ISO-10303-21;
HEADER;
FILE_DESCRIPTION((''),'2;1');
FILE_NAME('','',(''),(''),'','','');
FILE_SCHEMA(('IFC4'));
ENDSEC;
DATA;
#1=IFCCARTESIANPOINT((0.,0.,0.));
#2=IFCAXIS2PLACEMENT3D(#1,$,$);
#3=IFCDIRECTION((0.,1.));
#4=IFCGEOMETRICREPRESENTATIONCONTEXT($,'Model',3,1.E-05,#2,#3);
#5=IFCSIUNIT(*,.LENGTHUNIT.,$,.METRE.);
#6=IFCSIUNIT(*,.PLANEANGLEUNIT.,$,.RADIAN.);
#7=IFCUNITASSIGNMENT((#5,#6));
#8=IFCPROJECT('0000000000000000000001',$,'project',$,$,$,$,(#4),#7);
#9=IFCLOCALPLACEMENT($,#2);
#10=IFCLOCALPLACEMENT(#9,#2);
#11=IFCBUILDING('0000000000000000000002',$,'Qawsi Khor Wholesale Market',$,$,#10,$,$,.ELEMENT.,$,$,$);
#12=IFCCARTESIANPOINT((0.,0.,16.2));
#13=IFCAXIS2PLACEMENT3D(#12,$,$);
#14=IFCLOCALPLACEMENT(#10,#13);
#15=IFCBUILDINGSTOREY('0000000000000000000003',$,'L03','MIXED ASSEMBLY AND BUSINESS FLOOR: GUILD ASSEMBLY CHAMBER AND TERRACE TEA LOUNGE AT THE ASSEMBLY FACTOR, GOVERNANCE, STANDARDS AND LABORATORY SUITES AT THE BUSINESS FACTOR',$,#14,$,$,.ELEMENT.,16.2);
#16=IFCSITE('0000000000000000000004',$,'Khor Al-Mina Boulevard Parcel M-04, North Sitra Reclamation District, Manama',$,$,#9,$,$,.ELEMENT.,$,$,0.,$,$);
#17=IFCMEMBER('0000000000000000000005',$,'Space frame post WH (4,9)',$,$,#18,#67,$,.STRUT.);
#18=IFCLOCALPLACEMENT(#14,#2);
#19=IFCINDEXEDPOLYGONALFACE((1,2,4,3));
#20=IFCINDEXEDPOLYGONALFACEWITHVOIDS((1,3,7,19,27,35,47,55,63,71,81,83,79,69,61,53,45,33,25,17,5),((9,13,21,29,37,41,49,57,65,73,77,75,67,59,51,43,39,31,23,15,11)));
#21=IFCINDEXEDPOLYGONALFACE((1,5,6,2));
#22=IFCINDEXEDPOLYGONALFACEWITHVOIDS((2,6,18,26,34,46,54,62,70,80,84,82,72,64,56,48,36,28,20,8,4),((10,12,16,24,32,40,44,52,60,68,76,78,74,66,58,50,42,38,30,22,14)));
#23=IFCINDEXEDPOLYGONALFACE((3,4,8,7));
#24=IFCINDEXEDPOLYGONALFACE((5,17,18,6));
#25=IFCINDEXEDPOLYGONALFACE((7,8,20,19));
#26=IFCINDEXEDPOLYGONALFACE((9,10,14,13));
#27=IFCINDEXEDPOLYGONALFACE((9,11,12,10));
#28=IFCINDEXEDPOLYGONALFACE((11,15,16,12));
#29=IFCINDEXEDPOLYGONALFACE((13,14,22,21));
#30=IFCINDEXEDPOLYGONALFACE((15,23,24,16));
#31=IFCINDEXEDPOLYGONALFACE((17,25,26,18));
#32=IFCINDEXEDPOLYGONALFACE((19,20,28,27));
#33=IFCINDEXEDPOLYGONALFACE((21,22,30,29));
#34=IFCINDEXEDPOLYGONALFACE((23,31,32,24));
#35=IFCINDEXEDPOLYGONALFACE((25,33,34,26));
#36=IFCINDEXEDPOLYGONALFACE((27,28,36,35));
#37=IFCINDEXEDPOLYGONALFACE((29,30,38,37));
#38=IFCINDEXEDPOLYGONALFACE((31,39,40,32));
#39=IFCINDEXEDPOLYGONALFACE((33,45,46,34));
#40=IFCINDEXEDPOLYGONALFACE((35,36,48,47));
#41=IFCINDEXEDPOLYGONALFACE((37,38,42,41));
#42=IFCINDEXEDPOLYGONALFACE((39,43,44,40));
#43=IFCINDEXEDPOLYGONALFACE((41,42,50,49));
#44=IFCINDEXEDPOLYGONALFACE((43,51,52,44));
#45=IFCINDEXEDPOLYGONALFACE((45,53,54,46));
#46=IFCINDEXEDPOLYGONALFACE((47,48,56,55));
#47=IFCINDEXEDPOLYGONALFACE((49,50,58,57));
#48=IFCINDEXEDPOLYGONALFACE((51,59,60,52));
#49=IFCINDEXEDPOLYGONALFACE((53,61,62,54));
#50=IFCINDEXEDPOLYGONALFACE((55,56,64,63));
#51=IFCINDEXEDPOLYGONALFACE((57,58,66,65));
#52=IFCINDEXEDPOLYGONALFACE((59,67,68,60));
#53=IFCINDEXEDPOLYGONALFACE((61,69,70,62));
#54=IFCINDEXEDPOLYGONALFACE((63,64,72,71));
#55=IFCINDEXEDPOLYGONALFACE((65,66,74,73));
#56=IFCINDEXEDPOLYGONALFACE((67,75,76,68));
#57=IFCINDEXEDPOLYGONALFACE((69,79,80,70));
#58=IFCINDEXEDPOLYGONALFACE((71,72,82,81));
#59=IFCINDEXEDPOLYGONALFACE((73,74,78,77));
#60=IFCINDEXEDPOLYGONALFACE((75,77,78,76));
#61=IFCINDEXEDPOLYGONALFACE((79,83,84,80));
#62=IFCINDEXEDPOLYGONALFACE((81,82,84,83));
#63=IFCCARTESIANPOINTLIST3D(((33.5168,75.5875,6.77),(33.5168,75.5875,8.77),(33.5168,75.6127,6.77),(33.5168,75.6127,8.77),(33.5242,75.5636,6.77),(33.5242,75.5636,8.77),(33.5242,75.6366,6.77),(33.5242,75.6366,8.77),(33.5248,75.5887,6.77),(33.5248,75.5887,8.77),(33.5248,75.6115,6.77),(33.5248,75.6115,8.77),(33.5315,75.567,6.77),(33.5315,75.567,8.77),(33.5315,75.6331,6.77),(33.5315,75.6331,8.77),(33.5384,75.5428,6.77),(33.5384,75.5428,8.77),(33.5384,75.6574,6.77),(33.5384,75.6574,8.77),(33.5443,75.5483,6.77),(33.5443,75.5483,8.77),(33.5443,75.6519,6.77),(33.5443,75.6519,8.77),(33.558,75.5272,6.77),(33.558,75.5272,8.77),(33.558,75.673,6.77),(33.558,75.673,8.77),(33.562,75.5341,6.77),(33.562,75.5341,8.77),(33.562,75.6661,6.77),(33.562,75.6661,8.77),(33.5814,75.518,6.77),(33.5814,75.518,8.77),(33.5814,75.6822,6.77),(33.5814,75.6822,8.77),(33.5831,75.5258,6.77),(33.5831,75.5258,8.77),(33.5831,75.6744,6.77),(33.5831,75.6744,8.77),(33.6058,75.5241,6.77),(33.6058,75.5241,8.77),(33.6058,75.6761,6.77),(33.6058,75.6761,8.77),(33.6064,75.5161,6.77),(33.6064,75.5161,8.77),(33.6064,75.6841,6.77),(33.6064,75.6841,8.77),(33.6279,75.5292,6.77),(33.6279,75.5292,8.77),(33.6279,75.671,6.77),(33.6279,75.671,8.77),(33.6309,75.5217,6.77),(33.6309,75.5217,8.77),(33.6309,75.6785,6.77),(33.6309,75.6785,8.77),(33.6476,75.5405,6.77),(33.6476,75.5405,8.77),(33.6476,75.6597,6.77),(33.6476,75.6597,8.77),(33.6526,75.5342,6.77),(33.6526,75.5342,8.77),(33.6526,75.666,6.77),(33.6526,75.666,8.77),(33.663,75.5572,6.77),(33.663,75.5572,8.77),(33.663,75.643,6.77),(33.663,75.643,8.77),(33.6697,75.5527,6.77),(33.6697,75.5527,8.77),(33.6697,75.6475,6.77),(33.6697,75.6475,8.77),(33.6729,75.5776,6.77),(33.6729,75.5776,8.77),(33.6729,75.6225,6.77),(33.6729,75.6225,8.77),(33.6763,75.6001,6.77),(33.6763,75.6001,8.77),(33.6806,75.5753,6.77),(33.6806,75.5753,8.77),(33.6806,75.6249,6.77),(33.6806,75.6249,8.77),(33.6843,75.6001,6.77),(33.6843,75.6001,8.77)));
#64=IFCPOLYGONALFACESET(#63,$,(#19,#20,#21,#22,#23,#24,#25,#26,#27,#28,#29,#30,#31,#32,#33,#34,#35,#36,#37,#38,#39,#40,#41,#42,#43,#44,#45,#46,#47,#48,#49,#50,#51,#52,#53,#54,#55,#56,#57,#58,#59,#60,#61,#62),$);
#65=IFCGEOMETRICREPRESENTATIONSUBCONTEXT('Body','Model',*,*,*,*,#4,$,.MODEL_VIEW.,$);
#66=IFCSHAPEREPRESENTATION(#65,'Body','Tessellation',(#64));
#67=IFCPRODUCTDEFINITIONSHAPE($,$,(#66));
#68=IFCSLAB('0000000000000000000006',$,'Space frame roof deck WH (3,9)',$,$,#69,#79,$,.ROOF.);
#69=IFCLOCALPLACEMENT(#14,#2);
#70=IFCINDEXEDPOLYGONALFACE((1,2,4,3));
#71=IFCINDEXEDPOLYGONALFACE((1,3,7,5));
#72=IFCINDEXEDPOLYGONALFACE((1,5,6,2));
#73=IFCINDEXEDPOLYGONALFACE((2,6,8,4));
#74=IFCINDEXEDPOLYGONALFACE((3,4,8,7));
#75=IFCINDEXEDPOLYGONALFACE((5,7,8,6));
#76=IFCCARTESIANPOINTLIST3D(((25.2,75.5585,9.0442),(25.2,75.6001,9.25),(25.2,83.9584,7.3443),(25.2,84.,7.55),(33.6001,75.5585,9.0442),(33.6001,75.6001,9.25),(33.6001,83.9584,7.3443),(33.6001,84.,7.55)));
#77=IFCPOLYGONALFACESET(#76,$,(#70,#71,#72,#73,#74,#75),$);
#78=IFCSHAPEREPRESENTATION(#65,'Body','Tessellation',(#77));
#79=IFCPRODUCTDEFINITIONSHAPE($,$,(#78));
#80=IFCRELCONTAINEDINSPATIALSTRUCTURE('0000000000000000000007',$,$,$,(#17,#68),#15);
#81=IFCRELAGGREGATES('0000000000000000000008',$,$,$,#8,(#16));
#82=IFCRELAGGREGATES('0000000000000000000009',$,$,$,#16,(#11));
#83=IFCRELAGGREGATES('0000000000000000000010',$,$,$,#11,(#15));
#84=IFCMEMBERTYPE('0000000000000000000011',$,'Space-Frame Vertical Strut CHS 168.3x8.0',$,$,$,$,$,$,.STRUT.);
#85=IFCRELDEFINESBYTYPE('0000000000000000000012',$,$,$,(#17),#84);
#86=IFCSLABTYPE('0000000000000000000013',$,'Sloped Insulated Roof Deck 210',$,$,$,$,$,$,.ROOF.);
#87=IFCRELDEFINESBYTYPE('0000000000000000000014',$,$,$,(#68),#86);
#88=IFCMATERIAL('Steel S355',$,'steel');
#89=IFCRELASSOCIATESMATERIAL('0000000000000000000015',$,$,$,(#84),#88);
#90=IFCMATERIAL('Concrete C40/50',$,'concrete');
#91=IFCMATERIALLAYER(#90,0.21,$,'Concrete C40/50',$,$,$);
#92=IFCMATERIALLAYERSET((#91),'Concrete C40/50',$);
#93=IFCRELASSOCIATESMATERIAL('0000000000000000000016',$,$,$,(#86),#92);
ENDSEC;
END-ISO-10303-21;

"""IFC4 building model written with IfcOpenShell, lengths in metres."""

from ifc_helpers import new_model, si_unit, direction, frame, origin, origin_2d, place, context, subcontext, project, spatial, polyline, hollow_circle, outline, extrude, material, layer, layer_set, material_profile, profile_set, type_object, element, save


model = new_model("IFC4")

# Units and contexts
model_context = context("Model", 3, precision=1e-05, world=origin(), true_north=direction((0.0, 1.0)))
body_context = subcontext(model_context, "Body", "Model", "MODEL_VIEW")
ifc_project = project(units=[si_unit("LENGTHUNIT", "METRE"), si_unit("PLANEANGLEUNIT", "RADIAN")], contexts=[model_context])

# Site, building, storey
site_placement = place(None, origin())
site = spatial("IfcSite", under=ifc_project, at=site_placement, Name="Khor Al-Mina Boulevard Parcel M-04, North Sitra Reclamation District, Manama", CompositionType="ELEMENT", RefElevation=0.0)
building_placement = place(site_placement, origin())
building = spatial("IfcBuilding", under=site, at=building_placement, Name="Qawsi Khor Wholesale Market", CompositionType="ELEMENT")
storey_placement = place(building_placement, frame((0.0, 0.0, 16.2)))
storey = spatial("IfcBuildingStorey", under=building, at=storey_placement, Name="L03", Description="MIXED ASSEMBLY AND BUSINESS FLOOR: GUILD ASSEMBLY CHAMBER AND TERRACE TEA LOUNGE AT THE ASSEMBLY FACTOR, GOVERNANCE, STANDARDS AND LABORATORY SUITES AT THE BUSINESS FACTOR", CompositionType="ELEMENT", Elevation=16.2)

# Member
ifc_material_1 = material(Name="Steel S355", Category="steel")
ifc_material_profile_1 = material_profile(ifc_material_1, hollow_circle(Radius=0.0842, WallThickness=0.0081, at=origin_2d()), Name="CHS 168.3x8.0")
ifc_profile_set_1 = profile_set([ifc_material_profile_1], Name="Steel S355")
member_type_1 = type_object("IfcMemberType", Name="Space-Frame Vertical Strut CHS 168.3x8.0", PredefinedType="STRUT", material=ifc_profile_set_1)
for number, where, z_axis, x_axis, name in (
    (1, (33.6001, 75.6001, 6.77), (0.0, 0.0, 1.0), (1.0, 0.0, 0.0), "Space frame post WH (4,9)"),
):
    element("IfcMember", number, at=place(storey_placement, frame(where, z_axis=z_axis, x_axis=x_axis)), inside=storey, type_object=member_type_1, Name=name, PredefinedType="STRUT", context=body_context, shape_type="SweptSolid", body=[
        extrude(hollow_circle(Radius=0.0842, WallThickness=0.0081, at=origin_2d()), origin(), (0.0, 0.0, 1.0), 2.0),
    ])

# Slab
ifc_material_2 = material(Name="Concrete C40/50", Category="concrete")
ifc_layer = layer(ifc_material_2, 0.21, Name="Concrete C40/50")
ifc_layer_set = layer_set([ifc_layer], Name="Concrete C40/50")
slab_type = type_object("IfcSlabType", Name="Sloped Insulated Roof Deck 210", PredefinedType="ROOF", material=ifc_layer_set)
slab_placement = place(storey_placement, frame((25.2, 75.6001, 9.25), z_axis=(0.0, 0.198356, 0.98013), x_axis=(1.0, 0.0, 0.0)))
element("IfcSlab", 2, at=slab_placement, inside=storey, type_object=slab_type, Name="Space frame roof deck WH (3,9)", PredefinedType="ROOF", context=body_context, shape_type="SweptSolid", body=[
    extrude(outline(polyline([(0.0, 0.0), (8.4001, 0.0), (8.4001, 8.5702), (0.0, 8.5702), (0.0, 0.0)])), origin(), (0.0, 0.0, -1.0), 0.21),
])

save(model, "model.ifc")
